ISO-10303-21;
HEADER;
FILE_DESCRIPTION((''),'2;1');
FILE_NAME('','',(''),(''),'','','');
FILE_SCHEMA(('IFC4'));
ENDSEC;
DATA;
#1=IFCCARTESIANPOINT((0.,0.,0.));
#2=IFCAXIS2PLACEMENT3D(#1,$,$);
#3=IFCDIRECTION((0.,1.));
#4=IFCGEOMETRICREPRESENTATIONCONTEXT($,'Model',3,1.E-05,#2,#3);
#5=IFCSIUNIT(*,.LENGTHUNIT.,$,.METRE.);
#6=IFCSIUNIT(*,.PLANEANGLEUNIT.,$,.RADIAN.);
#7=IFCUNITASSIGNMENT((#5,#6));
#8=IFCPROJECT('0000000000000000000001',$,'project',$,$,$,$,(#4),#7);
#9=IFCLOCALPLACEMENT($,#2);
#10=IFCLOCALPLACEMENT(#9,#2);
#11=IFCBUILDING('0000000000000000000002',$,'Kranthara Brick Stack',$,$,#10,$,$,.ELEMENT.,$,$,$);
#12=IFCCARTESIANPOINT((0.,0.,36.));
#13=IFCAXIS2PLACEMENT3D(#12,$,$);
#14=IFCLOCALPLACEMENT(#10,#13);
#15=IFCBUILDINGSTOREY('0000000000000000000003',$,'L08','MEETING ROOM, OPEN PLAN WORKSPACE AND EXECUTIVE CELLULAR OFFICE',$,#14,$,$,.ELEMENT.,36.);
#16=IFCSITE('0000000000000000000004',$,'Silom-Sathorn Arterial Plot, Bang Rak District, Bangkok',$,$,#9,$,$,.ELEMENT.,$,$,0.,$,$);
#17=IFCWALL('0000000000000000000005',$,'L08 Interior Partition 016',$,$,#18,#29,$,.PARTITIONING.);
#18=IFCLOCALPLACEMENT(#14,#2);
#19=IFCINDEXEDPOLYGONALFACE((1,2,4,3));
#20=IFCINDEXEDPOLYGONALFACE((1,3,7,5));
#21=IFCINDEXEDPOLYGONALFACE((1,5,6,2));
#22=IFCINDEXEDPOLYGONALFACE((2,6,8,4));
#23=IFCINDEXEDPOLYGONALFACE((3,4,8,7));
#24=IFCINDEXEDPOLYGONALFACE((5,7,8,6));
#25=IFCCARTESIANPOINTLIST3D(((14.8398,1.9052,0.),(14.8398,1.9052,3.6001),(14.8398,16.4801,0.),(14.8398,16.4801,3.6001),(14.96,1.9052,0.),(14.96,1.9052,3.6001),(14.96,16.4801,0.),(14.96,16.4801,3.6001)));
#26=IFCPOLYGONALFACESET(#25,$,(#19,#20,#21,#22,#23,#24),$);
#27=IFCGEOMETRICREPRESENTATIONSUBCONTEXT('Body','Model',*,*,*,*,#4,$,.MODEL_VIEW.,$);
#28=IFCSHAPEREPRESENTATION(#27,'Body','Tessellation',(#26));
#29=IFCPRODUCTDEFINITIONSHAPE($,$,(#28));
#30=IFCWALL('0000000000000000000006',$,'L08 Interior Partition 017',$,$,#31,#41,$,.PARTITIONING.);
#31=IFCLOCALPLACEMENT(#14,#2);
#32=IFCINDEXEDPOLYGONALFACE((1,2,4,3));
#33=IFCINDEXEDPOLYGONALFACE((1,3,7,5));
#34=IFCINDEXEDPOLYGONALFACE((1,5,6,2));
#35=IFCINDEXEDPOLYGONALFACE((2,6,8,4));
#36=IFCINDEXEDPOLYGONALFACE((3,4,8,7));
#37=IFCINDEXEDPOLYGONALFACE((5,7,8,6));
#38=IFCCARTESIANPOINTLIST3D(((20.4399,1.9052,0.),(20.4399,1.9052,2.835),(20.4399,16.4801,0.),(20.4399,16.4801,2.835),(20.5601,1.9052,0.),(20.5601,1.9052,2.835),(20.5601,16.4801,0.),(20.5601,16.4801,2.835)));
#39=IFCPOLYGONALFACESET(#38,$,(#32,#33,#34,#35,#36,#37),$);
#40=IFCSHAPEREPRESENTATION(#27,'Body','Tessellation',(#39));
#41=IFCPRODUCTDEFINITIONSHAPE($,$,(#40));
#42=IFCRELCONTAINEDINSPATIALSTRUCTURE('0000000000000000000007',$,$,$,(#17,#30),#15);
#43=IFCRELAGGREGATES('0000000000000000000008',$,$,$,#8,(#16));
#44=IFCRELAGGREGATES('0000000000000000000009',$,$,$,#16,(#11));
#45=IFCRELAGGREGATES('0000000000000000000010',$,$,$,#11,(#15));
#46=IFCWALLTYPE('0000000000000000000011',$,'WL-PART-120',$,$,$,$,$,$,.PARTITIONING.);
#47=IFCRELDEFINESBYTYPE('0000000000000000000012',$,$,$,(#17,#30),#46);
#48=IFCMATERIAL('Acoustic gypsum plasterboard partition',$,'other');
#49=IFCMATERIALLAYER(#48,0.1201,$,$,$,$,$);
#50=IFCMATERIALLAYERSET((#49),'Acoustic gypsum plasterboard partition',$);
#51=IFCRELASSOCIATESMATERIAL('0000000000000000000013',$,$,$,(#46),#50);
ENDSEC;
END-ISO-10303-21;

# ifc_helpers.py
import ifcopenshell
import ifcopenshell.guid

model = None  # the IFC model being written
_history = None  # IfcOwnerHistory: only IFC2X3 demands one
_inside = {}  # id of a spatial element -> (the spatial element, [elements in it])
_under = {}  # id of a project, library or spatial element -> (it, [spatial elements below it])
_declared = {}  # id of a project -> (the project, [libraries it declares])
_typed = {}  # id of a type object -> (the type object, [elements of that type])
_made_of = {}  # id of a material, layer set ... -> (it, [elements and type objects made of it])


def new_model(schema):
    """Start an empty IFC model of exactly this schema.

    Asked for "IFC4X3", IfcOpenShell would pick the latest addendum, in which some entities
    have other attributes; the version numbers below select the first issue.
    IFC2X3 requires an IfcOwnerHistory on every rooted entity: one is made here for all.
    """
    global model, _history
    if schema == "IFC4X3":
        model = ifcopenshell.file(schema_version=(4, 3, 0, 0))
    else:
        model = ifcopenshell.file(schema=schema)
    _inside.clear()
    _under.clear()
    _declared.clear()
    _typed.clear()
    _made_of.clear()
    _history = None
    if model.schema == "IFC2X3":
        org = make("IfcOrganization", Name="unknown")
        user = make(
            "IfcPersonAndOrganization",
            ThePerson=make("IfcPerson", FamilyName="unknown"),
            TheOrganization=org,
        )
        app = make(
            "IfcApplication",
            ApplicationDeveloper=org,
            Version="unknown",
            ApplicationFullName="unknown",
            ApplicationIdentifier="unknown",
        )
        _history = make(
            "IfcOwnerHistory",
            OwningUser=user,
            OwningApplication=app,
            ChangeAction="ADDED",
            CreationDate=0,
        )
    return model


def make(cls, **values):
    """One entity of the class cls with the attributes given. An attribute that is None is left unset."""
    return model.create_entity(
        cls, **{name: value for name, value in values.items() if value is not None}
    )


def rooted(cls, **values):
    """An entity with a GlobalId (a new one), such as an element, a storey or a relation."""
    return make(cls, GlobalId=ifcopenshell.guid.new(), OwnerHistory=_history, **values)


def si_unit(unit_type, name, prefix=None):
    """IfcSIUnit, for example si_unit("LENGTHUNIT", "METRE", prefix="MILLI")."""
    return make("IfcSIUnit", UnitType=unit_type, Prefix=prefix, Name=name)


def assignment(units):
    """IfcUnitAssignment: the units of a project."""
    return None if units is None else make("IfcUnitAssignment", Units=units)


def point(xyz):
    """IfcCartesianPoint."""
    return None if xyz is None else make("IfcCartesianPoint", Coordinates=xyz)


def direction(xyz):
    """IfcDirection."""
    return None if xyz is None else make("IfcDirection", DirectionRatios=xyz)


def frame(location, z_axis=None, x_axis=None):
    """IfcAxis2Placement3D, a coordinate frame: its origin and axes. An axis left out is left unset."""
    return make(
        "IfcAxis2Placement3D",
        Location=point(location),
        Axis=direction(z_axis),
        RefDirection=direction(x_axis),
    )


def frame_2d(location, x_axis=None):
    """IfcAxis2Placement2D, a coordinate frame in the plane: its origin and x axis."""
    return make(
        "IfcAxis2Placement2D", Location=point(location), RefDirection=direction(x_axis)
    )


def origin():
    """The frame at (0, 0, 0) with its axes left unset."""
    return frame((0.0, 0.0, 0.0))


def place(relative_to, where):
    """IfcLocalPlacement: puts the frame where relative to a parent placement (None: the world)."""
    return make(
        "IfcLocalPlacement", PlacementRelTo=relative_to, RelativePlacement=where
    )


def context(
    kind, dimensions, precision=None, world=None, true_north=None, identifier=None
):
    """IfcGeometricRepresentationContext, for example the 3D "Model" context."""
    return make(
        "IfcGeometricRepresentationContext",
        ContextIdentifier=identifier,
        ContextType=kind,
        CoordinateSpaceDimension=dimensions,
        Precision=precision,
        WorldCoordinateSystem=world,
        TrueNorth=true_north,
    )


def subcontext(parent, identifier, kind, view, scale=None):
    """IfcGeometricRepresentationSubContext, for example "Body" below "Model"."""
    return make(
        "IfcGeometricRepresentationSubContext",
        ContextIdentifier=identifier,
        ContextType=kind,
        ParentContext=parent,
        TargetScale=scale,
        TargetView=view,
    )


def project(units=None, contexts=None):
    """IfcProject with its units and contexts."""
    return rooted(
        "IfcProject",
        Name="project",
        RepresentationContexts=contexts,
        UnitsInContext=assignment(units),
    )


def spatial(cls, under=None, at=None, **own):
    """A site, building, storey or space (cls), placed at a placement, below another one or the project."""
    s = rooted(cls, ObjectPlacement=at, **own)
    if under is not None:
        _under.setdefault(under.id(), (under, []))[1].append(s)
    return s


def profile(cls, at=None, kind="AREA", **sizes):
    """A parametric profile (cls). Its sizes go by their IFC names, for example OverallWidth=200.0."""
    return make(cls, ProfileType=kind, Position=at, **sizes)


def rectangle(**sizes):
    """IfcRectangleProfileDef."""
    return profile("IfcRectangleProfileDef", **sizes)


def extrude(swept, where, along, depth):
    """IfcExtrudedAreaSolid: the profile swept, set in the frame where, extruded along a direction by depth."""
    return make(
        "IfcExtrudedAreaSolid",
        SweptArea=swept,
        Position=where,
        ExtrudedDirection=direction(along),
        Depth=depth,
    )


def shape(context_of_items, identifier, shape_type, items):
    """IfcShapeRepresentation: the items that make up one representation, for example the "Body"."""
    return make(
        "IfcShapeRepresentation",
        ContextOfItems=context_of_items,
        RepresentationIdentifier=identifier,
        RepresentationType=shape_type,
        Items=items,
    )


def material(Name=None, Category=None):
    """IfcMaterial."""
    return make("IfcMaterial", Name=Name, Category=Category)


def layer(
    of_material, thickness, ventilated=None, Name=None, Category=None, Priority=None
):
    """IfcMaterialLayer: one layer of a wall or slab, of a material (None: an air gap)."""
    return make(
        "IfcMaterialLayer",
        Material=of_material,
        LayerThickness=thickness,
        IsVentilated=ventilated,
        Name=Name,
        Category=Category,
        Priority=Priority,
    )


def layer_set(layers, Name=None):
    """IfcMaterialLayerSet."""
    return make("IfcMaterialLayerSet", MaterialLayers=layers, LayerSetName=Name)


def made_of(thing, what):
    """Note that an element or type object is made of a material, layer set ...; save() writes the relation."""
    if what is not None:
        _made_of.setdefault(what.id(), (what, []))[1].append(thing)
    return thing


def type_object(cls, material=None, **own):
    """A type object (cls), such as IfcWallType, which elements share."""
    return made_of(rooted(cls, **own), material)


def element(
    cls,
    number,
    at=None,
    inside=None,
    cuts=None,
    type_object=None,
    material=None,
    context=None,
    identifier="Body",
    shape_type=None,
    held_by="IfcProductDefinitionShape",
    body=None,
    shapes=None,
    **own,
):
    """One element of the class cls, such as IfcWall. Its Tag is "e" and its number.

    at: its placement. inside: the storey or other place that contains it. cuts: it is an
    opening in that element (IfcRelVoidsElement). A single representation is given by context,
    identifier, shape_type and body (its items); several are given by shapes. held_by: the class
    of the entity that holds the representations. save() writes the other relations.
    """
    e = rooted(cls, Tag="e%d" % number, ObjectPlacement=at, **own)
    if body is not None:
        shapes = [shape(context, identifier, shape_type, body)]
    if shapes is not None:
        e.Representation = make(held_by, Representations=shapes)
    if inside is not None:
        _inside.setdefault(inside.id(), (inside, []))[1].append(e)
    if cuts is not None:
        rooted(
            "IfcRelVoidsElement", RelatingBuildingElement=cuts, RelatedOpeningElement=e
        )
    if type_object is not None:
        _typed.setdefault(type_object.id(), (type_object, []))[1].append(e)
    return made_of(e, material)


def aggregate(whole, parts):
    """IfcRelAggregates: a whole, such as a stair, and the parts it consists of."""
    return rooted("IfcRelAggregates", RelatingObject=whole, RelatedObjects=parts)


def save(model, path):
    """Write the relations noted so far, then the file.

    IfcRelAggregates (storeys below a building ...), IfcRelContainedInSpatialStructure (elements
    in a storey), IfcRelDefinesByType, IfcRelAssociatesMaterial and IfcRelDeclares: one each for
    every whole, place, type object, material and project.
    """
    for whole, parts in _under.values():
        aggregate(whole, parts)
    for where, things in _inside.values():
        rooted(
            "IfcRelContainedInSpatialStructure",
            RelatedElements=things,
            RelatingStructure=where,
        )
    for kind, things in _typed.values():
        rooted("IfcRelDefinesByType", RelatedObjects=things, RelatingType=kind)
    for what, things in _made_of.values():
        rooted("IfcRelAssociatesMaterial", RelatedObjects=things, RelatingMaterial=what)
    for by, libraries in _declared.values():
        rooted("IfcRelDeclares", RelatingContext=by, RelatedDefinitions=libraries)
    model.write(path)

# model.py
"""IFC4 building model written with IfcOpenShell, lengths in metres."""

from ifc_helpers import new_model, si_unit, direction, frame, frame_2d, origin, place, context, subcontext, project, spatial, rectangle, extrude, material, layer, layer_set, type_object, element, save


model = new_model("IFC4")

# Units and contexts
model_context = context("Model", 3, precision=1e-05, world=origin(), true_north=direction((0.0, 1.0)))
body_context = subcontext(model_context, "Body", "Model", "MODEL_VIEW")
ifc_project = project(units=[si_unit("LENGTHUNIT", "METRE"), si_unit("PLANEANGLEUNIT", "RADIAN")], contexts=[model_context])

# Site, building, storey
site_placement = place(None, origin())
site = spatial("IfcSite", under=ifc_project, at=site_placement, Name="Silom-Sathorn Arterial Plot, Bang Rak District, Bangkok", CompositionType="ELEMENT", RefElevation=0.0)
building_placement = place(site_placement, origin())
building = spatial("IfcBuilding", under=site, at=building_placement, Name="Kranthara Brick Stack", CompositionType="ELEMENT")
storey_placement = place(building_placement, frame((0.0, 0.0, 36.0)))
storey = spatial("IfcBuildingStorey", under=building, at=storey_placement, Name="L08", Description="MEETING ROOM, OPEN PLAN WORKSPACE AND EXECUTIVE CELLULAR OFFICE", CompositionType="ELEMENT", Elevation=36.0)

# Shared definitions
ifc_material_1 = material(Name="Acoustic gypsum plasterboard partition", Category="other")
ifc_layer_1 = layer(ifc_material_1, 0.1201)
ifc_layer_set_1 = layer_set([ifc_layer_1], Name="Acoustic gypsum plasterboard partition")
wall_type_1 = type_object("IfcWallType", Name="WL-PART-120", PredefinedType="PARTITIONING", material=ifc_layer_set_1)

# Walls
wall_1_placement = place(storey_placement, frame((14.8999, 1.905, 0.0), z_axis=(0.0, 0.0, 1.0), x_axis=(0.0, 1.0, 0.0)))
element("IfcWall", 1, at=wall_1_placement, inside=storey, type_object=wall_type_1, Name="L08 Interior Partition 016", PredefinedType="PARTITIONING", context=body_context, shape_type="SweptSolid", body=[
    extrude(rectangle(XDim=14.575, YDim=0.1201, at=frame_2d((7.2876, 0.0))), origin(), (0.0, 0.0, 1.0), 3.6001),
])
wall_2_placement = place(storey_placement, frame((20.5, 1.905, 0.0), z_axis=(0.0, 0.0, 1.0), x_axis=(0.0, 1.0, 0.0)))
element("IfcWall", 2, at=wall_2_placement, inside=storey, type_object=wall_type_1, Name="L08 Interior Partition 017", PredefinedType="PARTITIONING", context=body_context, shape_type="SweptSolid", body=[
    extrude(rectangle(XDim=14.575, YDim=0.1201, at=frame_2d((7.2876, 0.0))), origin(), (0.0, 0.0, 1.0), 2.835),
])

save(model, "model.ifc")
